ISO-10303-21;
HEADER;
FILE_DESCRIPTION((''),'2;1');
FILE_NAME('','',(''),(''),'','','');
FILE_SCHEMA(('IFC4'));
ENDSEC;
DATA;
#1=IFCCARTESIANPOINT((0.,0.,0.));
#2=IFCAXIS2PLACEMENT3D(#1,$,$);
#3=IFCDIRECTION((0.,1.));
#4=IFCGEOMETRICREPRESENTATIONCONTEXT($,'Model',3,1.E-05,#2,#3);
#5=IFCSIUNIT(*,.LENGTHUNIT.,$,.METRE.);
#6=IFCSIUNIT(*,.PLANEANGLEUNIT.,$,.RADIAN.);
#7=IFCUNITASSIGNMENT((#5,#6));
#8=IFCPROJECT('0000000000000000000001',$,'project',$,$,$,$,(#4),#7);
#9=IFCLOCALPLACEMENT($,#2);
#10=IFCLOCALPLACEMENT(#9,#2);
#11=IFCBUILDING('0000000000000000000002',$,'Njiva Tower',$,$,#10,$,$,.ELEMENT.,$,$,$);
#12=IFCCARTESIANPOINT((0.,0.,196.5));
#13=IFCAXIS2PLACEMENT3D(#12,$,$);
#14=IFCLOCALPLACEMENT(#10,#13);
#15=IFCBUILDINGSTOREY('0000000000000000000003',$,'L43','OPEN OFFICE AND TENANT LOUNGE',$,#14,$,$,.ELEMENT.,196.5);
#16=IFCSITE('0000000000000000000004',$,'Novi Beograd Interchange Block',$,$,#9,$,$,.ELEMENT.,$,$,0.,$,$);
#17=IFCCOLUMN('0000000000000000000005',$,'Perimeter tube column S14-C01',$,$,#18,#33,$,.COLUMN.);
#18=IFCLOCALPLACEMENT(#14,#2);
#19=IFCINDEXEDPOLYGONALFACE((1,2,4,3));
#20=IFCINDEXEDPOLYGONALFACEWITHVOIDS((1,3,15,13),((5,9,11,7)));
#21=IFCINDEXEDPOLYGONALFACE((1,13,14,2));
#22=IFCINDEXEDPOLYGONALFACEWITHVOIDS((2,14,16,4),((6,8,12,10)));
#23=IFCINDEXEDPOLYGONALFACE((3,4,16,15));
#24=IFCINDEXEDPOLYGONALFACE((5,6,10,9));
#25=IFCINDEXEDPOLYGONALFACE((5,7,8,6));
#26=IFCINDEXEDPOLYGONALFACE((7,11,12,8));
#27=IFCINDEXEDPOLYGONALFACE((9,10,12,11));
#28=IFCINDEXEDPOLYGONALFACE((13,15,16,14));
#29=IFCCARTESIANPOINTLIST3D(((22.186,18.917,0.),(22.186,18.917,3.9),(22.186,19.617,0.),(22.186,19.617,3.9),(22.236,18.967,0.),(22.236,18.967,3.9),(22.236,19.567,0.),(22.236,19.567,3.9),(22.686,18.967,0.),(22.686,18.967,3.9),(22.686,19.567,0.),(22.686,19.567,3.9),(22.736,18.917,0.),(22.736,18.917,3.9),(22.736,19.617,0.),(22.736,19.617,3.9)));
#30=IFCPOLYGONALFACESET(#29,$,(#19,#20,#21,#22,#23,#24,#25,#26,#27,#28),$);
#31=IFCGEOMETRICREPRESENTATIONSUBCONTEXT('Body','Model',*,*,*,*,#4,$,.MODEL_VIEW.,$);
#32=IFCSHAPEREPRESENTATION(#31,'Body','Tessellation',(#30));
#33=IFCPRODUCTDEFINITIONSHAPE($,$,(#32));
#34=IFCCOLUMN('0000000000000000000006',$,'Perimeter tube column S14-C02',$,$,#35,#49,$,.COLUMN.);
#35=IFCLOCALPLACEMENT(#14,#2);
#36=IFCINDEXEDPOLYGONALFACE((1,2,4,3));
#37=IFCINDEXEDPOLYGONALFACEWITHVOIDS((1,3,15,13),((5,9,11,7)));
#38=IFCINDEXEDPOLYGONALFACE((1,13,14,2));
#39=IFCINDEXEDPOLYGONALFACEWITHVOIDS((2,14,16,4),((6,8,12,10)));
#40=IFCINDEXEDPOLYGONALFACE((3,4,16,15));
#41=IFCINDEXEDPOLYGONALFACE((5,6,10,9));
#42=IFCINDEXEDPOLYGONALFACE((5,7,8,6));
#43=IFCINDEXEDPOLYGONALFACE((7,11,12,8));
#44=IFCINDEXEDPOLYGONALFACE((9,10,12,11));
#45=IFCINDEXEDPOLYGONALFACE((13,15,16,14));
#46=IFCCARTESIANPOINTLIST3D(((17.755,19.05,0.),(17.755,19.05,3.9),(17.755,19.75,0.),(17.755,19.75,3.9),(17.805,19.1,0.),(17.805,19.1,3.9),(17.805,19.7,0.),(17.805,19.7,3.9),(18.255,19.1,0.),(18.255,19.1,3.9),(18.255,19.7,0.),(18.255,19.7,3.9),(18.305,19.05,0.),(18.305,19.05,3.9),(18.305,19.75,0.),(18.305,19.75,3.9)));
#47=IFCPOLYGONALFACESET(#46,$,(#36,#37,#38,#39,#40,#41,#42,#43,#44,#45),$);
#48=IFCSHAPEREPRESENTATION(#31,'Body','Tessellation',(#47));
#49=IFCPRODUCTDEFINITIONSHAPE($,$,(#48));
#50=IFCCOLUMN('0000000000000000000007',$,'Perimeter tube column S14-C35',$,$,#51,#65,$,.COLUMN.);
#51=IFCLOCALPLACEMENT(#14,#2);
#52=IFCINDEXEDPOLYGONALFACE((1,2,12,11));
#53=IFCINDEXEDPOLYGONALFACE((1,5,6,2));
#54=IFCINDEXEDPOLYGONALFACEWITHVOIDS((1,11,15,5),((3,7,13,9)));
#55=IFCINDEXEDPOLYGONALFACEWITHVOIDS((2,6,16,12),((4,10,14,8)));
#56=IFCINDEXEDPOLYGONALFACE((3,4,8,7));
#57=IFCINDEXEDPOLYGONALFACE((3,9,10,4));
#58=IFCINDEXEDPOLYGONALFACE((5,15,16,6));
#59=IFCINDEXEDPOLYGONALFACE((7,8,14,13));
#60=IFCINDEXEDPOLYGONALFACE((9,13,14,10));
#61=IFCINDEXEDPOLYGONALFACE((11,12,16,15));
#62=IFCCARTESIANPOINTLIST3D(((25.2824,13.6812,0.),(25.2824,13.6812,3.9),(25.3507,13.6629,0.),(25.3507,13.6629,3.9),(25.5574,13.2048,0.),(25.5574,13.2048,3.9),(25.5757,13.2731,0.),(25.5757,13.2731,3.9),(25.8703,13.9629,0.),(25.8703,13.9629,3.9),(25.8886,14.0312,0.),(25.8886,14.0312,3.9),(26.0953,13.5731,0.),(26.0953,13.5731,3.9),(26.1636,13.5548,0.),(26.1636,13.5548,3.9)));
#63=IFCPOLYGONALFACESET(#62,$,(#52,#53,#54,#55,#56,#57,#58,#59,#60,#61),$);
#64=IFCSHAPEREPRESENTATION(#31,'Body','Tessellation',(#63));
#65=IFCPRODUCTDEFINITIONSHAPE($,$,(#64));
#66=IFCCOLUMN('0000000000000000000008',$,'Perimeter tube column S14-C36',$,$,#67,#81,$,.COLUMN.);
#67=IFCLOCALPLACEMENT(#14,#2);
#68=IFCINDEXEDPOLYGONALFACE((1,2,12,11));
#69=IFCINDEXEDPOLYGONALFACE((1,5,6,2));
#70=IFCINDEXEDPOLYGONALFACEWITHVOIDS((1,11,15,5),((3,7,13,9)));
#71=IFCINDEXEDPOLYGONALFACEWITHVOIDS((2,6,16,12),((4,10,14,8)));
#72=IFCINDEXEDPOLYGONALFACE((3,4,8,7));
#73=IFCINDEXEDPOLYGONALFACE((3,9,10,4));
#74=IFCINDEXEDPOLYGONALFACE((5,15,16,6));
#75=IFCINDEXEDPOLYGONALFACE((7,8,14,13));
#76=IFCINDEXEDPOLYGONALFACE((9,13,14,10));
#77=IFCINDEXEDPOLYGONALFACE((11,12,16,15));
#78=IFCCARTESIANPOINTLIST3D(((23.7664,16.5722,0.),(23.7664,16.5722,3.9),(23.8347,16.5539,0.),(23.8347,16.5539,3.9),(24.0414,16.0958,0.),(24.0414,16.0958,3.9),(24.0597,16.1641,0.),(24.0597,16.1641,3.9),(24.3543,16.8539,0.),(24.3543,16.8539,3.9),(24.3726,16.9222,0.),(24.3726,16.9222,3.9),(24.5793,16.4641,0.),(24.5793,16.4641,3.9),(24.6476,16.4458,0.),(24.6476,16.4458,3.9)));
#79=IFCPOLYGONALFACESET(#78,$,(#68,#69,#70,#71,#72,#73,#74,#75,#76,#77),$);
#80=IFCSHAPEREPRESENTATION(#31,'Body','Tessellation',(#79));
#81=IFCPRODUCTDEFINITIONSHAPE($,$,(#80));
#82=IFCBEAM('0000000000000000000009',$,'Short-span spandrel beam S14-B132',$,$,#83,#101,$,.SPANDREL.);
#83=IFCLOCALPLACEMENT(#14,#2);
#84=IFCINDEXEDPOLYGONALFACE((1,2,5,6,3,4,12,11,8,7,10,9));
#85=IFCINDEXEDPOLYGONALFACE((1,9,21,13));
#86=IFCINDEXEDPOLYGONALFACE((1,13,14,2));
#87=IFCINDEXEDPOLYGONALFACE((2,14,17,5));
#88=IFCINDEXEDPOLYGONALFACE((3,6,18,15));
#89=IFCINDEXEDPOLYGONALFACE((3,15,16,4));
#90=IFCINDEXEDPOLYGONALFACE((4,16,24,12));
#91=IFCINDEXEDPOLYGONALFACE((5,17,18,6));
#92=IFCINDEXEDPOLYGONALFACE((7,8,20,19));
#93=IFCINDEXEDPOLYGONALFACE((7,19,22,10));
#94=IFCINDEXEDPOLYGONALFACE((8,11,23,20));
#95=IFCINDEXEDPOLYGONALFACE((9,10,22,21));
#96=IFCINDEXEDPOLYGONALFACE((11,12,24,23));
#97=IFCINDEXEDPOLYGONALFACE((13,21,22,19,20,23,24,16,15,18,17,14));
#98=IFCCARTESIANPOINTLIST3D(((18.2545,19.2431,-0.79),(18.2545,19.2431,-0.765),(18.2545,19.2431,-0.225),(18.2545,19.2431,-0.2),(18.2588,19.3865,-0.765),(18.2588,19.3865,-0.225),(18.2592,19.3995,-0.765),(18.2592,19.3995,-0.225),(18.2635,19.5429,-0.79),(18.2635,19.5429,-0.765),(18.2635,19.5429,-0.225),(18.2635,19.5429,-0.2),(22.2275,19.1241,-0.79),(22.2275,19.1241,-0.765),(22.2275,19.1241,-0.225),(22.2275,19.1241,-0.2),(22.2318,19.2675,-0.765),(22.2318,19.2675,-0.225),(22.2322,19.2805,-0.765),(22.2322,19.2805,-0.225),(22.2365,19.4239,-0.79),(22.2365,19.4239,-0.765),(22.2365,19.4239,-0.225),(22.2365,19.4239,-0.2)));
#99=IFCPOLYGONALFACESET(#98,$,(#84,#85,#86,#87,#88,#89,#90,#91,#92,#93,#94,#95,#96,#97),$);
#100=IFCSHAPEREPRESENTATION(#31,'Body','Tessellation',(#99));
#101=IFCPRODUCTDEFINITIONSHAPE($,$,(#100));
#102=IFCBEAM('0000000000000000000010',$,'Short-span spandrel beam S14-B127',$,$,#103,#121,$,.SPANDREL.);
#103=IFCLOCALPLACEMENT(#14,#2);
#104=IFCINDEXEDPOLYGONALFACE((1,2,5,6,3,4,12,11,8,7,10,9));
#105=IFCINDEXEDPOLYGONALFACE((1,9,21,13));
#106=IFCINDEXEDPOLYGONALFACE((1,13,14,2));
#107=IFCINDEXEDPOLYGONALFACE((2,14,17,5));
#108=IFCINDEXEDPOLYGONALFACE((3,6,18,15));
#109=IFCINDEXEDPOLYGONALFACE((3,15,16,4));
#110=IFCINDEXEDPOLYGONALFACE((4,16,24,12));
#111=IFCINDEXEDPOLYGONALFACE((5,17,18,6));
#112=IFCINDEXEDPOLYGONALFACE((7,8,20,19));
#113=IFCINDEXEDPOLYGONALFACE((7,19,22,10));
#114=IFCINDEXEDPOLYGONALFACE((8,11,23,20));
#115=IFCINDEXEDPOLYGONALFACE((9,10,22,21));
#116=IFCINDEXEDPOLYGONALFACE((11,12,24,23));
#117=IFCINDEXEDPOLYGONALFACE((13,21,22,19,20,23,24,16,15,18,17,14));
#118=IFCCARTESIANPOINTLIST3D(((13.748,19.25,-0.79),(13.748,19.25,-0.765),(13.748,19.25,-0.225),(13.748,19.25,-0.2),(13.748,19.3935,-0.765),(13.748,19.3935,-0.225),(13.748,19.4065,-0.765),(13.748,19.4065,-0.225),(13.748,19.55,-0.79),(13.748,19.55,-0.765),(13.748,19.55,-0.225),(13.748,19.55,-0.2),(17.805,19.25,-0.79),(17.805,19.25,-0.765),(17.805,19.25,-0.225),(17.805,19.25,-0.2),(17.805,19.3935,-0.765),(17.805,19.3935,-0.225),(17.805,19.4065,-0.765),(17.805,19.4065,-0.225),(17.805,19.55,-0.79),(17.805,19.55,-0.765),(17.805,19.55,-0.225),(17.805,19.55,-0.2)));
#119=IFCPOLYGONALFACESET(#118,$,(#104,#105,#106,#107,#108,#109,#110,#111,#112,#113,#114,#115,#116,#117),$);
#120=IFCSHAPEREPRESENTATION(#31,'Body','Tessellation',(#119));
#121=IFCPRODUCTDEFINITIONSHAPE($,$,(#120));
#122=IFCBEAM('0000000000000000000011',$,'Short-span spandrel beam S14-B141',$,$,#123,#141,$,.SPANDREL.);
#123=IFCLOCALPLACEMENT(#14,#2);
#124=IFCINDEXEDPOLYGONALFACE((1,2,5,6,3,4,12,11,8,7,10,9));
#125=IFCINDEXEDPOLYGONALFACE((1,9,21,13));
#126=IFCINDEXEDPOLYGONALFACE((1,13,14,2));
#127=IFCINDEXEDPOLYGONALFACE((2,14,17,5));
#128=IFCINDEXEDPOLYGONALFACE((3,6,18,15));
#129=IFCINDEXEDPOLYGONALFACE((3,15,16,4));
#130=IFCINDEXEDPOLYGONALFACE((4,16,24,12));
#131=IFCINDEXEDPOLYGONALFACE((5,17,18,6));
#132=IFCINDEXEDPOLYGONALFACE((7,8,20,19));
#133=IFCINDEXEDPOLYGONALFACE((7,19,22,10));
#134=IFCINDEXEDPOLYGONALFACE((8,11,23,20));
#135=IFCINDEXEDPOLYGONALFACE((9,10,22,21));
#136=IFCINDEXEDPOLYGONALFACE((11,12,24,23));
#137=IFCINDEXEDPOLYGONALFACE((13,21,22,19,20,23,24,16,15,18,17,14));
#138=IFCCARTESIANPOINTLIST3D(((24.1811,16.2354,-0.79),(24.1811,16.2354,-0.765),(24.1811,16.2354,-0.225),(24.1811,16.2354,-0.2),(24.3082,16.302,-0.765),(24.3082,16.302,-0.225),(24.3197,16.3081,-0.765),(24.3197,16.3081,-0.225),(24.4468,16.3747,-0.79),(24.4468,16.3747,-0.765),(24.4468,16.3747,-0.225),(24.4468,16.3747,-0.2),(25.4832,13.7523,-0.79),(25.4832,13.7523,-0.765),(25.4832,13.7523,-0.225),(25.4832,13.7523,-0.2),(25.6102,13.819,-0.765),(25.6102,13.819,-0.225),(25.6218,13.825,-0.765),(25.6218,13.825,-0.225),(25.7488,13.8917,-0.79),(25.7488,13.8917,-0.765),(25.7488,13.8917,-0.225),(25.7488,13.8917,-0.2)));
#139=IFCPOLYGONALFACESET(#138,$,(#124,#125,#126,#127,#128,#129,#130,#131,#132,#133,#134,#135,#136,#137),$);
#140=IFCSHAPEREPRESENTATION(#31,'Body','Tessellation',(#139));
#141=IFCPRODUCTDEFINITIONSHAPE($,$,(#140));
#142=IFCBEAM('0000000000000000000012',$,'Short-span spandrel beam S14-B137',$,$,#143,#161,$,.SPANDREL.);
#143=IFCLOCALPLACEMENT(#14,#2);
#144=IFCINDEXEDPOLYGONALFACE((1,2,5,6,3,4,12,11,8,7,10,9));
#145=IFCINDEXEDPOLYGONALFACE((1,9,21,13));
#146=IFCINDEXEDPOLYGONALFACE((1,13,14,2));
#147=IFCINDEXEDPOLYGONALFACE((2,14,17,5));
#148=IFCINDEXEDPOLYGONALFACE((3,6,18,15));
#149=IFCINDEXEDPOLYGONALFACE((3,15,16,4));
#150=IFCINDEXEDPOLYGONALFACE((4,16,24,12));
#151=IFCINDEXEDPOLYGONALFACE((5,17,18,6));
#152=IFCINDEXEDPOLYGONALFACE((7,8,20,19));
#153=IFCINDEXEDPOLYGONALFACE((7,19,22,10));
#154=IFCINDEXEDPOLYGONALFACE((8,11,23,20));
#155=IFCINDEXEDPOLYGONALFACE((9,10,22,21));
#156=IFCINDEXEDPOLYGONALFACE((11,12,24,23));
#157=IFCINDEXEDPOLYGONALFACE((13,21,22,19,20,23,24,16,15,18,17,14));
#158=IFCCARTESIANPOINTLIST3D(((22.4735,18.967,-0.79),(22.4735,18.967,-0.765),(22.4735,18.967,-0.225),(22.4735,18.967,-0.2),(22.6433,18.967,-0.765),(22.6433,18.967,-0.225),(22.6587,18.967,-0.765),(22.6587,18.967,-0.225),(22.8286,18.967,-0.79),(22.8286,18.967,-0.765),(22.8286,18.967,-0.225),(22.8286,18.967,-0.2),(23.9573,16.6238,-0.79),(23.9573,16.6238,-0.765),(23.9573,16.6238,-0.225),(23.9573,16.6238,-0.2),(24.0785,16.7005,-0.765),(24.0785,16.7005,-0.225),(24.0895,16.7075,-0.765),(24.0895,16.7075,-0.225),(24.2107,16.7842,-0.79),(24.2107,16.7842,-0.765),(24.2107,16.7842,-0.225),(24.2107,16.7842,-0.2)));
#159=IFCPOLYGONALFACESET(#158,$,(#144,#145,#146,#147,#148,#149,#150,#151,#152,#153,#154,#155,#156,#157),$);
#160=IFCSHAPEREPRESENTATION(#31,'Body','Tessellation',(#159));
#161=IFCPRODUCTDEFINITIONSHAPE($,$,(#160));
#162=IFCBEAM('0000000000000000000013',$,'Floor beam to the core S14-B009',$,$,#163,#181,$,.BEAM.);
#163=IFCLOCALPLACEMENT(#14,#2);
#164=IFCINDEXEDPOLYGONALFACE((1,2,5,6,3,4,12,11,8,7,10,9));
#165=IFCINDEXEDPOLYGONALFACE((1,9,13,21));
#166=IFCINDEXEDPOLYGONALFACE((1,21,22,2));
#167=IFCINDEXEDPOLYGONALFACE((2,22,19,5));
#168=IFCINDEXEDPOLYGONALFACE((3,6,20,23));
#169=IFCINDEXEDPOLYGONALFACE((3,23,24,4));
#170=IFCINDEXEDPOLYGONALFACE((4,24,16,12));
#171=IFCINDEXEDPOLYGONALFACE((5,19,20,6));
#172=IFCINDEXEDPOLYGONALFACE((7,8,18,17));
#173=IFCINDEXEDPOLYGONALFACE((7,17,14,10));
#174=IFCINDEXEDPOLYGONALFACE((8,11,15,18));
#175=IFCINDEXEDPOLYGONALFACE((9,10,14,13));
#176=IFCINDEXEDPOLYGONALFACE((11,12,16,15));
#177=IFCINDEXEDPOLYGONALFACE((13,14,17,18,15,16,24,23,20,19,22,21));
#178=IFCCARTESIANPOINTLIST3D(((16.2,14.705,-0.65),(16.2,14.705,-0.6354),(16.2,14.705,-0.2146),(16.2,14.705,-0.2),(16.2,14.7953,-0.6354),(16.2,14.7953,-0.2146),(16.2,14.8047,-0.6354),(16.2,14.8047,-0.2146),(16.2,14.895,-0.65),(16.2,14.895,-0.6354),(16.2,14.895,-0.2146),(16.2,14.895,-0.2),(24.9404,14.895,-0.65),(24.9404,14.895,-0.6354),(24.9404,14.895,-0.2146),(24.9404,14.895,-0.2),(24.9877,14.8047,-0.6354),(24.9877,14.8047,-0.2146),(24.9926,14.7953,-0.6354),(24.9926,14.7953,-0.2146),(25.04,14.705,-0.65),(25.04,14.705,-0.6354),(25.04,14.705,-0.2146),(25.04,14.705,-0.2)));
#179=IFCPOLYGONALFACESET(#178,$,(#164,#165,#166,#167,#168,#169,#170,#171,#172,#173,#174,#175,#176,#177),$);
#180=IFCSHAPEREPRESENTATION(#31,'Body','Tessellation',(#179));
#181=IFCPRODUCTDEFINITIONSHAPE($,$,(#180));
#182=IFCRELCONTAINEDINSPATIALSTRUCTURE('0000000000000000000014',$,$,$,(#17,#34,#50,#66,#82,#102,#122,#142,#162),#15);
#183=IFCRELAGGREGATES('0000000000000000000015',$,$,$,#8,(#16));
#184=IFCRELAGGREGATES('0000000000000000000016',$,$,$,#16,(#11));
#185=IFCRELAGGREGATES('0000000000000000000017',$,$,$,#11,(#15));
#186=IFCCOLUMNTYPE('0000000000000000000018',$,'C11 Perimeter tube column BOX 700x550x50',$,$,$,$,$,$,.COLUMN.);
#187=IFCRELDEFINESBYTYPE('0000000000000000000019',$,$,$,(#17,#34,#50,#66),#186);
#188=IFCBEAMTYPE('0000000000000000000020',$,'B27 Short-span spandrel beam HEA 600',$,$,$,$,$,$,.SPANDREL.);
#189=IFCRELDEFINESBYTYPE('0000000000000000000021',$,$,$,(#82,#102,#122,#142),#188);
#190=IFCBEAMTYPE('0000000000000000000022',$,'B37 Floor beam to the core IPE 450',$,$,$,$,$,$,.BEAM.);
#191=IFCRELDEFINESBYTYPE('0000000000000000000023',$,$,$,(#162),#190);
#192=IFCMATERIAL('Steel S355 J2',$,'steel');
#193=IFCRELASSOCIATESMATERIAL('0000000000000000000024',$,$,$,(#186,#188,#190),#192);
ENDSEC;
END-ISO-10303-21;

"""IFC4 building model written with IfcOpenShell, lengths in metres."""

from ifc_helpers import new_model, si_unit, direction, frame, origin, origin_2d, place, context, subcontext, project, spatial, hollow_rectangle, i_section, extrude, clip, halfspace, material, material_profile, profile_set, type_object, element, save


model = new_model("IFC4")

# Units and contexts
model_context = context("Model", 3, precision=1e-05, world=origin(), true_north=direction((0.0, 1.0)))
body_context = subcontext(model_context, "Body", "Model", "MODEL_VIEW")
ifc_project = project(units=[si_unit("LENGTHUNIT", "METRE"), si_unit("PLANEANGLEUNIT", "RADIAN")], contexts=[model_context])

# Site, building, storey
site_placement = place(None, origin())
site = spatial("IfcSite", under=ifc_project, at=site_placement, Name="Novi Beograd Interchange Block", CompositionType="ELEMENT", RefElevation=0.0)
building_placement = place(site_placement, origin())
building = spatial("IfcBuilding", under=site, at=building_placement, Name="Njiva Tower", CompositionType="ELEMENT")
storey_placement = place(building_placement, frame((0.0, 0.0, 196.5)))
storey = spatial("IfcBuildingStorey", under=building, at=storey_placement, Name="L43", Description="OPEN OFFICE AND TENANT LOUNGE", CompositionType="ELEMENT", Elevation=196.5)

# Columns
ifc_material_1 = material(Name="Steel S355 J2", Category="steel")
ifc_material_profile_1 = material_profile(ifc_material_1, hollow_rectangle(XDim=0.55, YDim=0.7, WallThickness=0.05, at=origin_2d()), Name="BOX 700x550x50")
ifc_profile_set_1 = profile_set([ifc_material_profile_1], Name="Steel S355 J2")
column_type = type_object("IfcColumnType", Name="C11 Perimeter tube column BOX 700x550x50", PredefinedType="COLUMN", material=ifc_profile_set_1)
for number, where, z_axis, x_axis, name in (
    (1, (22.461, 19.267, 0.0), (0.0, 0.0, 1.0), (-1.0, 0.0, 0.0), "Perimeter tube column S14-C01"),
    (2, (18.03, 19.4, 0.0), (0.0, 0.0, 1.0), (-1.0, 0.0, 0.0), "Perimeter tube column S14-C02"),
    (3, (25.723, 13.618, 0.0), (0.0, 0.0, 1.0), (-0.5, 0.866025, 0.0), "Perimeter tube column S14-C35"),
    (4, (24.207, 16.509, 0.0), (0.0, 0.0, 1.0), (-0.5, 0.866025, 0.0), "Perimeter tube column S14-C36"),
):
    element("IfcColumn", number, at=place(storey_placement, frame(where, z_axis=z_axis, x_axis=x_axis)), inside=storey, type_object=column_type, Name=name, PredefinedType="COLUMN", context=body_context, shape_type="SweptSolid", body=[
        extrude(hollow_rectangle(XDim=0.55, YDim=0.7, WallThickness=0.05, at=origin_2d()), origin(), (0.0, 0.0, 1.0), 3.9),
    ])

# Beams
ifc_material_profile_2 = material_profile(ifc_material_1, i_section(OverallWidth=0.3, OverallDepth=0.59, WebThickness=0.013, FlangeThickness=0.025, at=origin_2d()), Name="HEA 600")
ifc_profile_set_2 = profile_set([ifc_material_profile_2], Name="Steel S355 J2")
beam_type_1 = type_object("IfcBeamType", Name="B27 Short-span spandrel beam HEA 600", PredefinedType="SPANDREL", material=ifc_profile_set_2)
beam_1_placement = place(storey_placement, frame((22.232, 19.274, -0.495), z_axis=(-0.999552, 0.029939, 0.0), x_axis=(-0.029939, -0.999552, 0.0)))
element("IfcBeam", 5, at=beam_1_placement, inside=storey, type_object=beam_type_1, Name="Short-span spandrel beam S14-B132", PredefinedType="SPANDREL", context=body_context, shape_type="SweptSolid", body=[
    extrude(i_section(OverallWidth=0.3, OverallDepth=0.59, WebThickness=0.013, FlangeThickness=0.025, at=origin_2d()), origin(), (0.0, 0.0, 1.0), 3.9748),
])
beam_2_placement = place(storey_placement, frame((17.805, 19.4, -0.495), z_axis=(-1.0, 0.0, 0.0), x_axis=(0.0, -1.0, 0.0)))
element("IfcBeam", 6, at=beam_2_placement, inside=storey, type_object=beam_type_1, Name="Short-span spandrel beam S14-B127", PredefinedType="SPANDREL", context=body_context, shape_type="SweptSolid", body=[
    extrude(i_section(OverallWidth=0.3, OverallDepth=0.59, WebThickness=0.013, FlangeThickness=0.025, at=origin_2d()), origin(), (0.0, 0.0, 1.0), 4.057),
])
beam_3_placement = place(storey_placement, frame((25.616, 13.822, -0.495), z_axis=(-0.464393, 0.885629, 0.0), x_axis=(-0.885629, -0.464393, 0.0)))
element("IfcBeam", 7, at=beam_3_placement, inside=storey, type_object=beam_type_1, Name="Short-span spandrel beam S14-B141", PredefinedType="SPANDREL", context=body_context, shape_type="SweptSolid", body=[
    extrude(i_section(OverallWidth=0.3, OverallDepth=0.59, WebThickness=0.013, FlangeThickness=0.025, at=origin_2d()), origin(), (0.0, 0.0, 1.0), 2.8037),
])
beam_4_placement = place(storey_placement, frame((24.084, 16.704, -0.495), z_axis=(-0.53499, 0.844858, 0.0), x_axis=(-0.844858, -0.53499, 0.0)))
element("IfcBeam", 8, at=beam_4_placement, inside=storey, type_object=beam_type_1, Name="Short-span spandrel beam S14-B137", PredefinedType="SPANDREL", context=body_context, shape_type="Clipping", body=[
    clip(extrude(i_section(OverallWidth=0.3, OverallDepth=0.59, WebThickness=0.013, FlangeThickness=0.025, at=origin_2d()), origin(), (0.0, 0.0, 1.0), 2.7936), halfspace(frame((-0.0269, 0.0, 2.6615), z_axis=(-0.53499, 0.0, 0.844858), x_axis=(0.0, 1.0, 0.0)), False)),
])
ifc_material_profile_3 = material_profile(ifc_material_1, i_section(OverallWidth=0.19, OverallDepth=0.45, WebThickness=0.0094, FlangeThickness=0.0146, at=origin_2d()), Name="IPE 450")
ifc_profile_set_3 = profile_set([ifc_material_profile_3], Name="Steel S355 J2")
beam_type_2 = type_object("IfcBeamType", Name="B37 Floor beam to the core IPE 450", PredefinedType="BEAM", material=ifc_profile_set_3)
beam_5_placement = place(storey_placement, frame((16.2, 14.8, -0.425), z_axis=(1.0, 0.0, 0.0), x_axis=(0.0, 1.0, 0.0)))
element("IfcBeam", 9, at=beam_5_placement, inside=storey, type_object=beam_type_2, Name="Floor beam to the core S14-B009", PredefinedType="BEAM", context=body_context, shape_type="Clipping", body=[
    clip(extrude(i_section(OverallWidth=0.19, OverallDepth=0.45, WebThickness=0.0094, FlangeThickness=0.0146, at=origin_2d()), origin(), (0.0, 0.0, 1.0), 8.86), halfspace(frame((0.0232, 0.0, 8.778), z_axis=(0.464267, 0.0, 0.885695), x_axis=(0.0, 1.0, 0.0)), False)),
])

save(model, "model.ifc")
